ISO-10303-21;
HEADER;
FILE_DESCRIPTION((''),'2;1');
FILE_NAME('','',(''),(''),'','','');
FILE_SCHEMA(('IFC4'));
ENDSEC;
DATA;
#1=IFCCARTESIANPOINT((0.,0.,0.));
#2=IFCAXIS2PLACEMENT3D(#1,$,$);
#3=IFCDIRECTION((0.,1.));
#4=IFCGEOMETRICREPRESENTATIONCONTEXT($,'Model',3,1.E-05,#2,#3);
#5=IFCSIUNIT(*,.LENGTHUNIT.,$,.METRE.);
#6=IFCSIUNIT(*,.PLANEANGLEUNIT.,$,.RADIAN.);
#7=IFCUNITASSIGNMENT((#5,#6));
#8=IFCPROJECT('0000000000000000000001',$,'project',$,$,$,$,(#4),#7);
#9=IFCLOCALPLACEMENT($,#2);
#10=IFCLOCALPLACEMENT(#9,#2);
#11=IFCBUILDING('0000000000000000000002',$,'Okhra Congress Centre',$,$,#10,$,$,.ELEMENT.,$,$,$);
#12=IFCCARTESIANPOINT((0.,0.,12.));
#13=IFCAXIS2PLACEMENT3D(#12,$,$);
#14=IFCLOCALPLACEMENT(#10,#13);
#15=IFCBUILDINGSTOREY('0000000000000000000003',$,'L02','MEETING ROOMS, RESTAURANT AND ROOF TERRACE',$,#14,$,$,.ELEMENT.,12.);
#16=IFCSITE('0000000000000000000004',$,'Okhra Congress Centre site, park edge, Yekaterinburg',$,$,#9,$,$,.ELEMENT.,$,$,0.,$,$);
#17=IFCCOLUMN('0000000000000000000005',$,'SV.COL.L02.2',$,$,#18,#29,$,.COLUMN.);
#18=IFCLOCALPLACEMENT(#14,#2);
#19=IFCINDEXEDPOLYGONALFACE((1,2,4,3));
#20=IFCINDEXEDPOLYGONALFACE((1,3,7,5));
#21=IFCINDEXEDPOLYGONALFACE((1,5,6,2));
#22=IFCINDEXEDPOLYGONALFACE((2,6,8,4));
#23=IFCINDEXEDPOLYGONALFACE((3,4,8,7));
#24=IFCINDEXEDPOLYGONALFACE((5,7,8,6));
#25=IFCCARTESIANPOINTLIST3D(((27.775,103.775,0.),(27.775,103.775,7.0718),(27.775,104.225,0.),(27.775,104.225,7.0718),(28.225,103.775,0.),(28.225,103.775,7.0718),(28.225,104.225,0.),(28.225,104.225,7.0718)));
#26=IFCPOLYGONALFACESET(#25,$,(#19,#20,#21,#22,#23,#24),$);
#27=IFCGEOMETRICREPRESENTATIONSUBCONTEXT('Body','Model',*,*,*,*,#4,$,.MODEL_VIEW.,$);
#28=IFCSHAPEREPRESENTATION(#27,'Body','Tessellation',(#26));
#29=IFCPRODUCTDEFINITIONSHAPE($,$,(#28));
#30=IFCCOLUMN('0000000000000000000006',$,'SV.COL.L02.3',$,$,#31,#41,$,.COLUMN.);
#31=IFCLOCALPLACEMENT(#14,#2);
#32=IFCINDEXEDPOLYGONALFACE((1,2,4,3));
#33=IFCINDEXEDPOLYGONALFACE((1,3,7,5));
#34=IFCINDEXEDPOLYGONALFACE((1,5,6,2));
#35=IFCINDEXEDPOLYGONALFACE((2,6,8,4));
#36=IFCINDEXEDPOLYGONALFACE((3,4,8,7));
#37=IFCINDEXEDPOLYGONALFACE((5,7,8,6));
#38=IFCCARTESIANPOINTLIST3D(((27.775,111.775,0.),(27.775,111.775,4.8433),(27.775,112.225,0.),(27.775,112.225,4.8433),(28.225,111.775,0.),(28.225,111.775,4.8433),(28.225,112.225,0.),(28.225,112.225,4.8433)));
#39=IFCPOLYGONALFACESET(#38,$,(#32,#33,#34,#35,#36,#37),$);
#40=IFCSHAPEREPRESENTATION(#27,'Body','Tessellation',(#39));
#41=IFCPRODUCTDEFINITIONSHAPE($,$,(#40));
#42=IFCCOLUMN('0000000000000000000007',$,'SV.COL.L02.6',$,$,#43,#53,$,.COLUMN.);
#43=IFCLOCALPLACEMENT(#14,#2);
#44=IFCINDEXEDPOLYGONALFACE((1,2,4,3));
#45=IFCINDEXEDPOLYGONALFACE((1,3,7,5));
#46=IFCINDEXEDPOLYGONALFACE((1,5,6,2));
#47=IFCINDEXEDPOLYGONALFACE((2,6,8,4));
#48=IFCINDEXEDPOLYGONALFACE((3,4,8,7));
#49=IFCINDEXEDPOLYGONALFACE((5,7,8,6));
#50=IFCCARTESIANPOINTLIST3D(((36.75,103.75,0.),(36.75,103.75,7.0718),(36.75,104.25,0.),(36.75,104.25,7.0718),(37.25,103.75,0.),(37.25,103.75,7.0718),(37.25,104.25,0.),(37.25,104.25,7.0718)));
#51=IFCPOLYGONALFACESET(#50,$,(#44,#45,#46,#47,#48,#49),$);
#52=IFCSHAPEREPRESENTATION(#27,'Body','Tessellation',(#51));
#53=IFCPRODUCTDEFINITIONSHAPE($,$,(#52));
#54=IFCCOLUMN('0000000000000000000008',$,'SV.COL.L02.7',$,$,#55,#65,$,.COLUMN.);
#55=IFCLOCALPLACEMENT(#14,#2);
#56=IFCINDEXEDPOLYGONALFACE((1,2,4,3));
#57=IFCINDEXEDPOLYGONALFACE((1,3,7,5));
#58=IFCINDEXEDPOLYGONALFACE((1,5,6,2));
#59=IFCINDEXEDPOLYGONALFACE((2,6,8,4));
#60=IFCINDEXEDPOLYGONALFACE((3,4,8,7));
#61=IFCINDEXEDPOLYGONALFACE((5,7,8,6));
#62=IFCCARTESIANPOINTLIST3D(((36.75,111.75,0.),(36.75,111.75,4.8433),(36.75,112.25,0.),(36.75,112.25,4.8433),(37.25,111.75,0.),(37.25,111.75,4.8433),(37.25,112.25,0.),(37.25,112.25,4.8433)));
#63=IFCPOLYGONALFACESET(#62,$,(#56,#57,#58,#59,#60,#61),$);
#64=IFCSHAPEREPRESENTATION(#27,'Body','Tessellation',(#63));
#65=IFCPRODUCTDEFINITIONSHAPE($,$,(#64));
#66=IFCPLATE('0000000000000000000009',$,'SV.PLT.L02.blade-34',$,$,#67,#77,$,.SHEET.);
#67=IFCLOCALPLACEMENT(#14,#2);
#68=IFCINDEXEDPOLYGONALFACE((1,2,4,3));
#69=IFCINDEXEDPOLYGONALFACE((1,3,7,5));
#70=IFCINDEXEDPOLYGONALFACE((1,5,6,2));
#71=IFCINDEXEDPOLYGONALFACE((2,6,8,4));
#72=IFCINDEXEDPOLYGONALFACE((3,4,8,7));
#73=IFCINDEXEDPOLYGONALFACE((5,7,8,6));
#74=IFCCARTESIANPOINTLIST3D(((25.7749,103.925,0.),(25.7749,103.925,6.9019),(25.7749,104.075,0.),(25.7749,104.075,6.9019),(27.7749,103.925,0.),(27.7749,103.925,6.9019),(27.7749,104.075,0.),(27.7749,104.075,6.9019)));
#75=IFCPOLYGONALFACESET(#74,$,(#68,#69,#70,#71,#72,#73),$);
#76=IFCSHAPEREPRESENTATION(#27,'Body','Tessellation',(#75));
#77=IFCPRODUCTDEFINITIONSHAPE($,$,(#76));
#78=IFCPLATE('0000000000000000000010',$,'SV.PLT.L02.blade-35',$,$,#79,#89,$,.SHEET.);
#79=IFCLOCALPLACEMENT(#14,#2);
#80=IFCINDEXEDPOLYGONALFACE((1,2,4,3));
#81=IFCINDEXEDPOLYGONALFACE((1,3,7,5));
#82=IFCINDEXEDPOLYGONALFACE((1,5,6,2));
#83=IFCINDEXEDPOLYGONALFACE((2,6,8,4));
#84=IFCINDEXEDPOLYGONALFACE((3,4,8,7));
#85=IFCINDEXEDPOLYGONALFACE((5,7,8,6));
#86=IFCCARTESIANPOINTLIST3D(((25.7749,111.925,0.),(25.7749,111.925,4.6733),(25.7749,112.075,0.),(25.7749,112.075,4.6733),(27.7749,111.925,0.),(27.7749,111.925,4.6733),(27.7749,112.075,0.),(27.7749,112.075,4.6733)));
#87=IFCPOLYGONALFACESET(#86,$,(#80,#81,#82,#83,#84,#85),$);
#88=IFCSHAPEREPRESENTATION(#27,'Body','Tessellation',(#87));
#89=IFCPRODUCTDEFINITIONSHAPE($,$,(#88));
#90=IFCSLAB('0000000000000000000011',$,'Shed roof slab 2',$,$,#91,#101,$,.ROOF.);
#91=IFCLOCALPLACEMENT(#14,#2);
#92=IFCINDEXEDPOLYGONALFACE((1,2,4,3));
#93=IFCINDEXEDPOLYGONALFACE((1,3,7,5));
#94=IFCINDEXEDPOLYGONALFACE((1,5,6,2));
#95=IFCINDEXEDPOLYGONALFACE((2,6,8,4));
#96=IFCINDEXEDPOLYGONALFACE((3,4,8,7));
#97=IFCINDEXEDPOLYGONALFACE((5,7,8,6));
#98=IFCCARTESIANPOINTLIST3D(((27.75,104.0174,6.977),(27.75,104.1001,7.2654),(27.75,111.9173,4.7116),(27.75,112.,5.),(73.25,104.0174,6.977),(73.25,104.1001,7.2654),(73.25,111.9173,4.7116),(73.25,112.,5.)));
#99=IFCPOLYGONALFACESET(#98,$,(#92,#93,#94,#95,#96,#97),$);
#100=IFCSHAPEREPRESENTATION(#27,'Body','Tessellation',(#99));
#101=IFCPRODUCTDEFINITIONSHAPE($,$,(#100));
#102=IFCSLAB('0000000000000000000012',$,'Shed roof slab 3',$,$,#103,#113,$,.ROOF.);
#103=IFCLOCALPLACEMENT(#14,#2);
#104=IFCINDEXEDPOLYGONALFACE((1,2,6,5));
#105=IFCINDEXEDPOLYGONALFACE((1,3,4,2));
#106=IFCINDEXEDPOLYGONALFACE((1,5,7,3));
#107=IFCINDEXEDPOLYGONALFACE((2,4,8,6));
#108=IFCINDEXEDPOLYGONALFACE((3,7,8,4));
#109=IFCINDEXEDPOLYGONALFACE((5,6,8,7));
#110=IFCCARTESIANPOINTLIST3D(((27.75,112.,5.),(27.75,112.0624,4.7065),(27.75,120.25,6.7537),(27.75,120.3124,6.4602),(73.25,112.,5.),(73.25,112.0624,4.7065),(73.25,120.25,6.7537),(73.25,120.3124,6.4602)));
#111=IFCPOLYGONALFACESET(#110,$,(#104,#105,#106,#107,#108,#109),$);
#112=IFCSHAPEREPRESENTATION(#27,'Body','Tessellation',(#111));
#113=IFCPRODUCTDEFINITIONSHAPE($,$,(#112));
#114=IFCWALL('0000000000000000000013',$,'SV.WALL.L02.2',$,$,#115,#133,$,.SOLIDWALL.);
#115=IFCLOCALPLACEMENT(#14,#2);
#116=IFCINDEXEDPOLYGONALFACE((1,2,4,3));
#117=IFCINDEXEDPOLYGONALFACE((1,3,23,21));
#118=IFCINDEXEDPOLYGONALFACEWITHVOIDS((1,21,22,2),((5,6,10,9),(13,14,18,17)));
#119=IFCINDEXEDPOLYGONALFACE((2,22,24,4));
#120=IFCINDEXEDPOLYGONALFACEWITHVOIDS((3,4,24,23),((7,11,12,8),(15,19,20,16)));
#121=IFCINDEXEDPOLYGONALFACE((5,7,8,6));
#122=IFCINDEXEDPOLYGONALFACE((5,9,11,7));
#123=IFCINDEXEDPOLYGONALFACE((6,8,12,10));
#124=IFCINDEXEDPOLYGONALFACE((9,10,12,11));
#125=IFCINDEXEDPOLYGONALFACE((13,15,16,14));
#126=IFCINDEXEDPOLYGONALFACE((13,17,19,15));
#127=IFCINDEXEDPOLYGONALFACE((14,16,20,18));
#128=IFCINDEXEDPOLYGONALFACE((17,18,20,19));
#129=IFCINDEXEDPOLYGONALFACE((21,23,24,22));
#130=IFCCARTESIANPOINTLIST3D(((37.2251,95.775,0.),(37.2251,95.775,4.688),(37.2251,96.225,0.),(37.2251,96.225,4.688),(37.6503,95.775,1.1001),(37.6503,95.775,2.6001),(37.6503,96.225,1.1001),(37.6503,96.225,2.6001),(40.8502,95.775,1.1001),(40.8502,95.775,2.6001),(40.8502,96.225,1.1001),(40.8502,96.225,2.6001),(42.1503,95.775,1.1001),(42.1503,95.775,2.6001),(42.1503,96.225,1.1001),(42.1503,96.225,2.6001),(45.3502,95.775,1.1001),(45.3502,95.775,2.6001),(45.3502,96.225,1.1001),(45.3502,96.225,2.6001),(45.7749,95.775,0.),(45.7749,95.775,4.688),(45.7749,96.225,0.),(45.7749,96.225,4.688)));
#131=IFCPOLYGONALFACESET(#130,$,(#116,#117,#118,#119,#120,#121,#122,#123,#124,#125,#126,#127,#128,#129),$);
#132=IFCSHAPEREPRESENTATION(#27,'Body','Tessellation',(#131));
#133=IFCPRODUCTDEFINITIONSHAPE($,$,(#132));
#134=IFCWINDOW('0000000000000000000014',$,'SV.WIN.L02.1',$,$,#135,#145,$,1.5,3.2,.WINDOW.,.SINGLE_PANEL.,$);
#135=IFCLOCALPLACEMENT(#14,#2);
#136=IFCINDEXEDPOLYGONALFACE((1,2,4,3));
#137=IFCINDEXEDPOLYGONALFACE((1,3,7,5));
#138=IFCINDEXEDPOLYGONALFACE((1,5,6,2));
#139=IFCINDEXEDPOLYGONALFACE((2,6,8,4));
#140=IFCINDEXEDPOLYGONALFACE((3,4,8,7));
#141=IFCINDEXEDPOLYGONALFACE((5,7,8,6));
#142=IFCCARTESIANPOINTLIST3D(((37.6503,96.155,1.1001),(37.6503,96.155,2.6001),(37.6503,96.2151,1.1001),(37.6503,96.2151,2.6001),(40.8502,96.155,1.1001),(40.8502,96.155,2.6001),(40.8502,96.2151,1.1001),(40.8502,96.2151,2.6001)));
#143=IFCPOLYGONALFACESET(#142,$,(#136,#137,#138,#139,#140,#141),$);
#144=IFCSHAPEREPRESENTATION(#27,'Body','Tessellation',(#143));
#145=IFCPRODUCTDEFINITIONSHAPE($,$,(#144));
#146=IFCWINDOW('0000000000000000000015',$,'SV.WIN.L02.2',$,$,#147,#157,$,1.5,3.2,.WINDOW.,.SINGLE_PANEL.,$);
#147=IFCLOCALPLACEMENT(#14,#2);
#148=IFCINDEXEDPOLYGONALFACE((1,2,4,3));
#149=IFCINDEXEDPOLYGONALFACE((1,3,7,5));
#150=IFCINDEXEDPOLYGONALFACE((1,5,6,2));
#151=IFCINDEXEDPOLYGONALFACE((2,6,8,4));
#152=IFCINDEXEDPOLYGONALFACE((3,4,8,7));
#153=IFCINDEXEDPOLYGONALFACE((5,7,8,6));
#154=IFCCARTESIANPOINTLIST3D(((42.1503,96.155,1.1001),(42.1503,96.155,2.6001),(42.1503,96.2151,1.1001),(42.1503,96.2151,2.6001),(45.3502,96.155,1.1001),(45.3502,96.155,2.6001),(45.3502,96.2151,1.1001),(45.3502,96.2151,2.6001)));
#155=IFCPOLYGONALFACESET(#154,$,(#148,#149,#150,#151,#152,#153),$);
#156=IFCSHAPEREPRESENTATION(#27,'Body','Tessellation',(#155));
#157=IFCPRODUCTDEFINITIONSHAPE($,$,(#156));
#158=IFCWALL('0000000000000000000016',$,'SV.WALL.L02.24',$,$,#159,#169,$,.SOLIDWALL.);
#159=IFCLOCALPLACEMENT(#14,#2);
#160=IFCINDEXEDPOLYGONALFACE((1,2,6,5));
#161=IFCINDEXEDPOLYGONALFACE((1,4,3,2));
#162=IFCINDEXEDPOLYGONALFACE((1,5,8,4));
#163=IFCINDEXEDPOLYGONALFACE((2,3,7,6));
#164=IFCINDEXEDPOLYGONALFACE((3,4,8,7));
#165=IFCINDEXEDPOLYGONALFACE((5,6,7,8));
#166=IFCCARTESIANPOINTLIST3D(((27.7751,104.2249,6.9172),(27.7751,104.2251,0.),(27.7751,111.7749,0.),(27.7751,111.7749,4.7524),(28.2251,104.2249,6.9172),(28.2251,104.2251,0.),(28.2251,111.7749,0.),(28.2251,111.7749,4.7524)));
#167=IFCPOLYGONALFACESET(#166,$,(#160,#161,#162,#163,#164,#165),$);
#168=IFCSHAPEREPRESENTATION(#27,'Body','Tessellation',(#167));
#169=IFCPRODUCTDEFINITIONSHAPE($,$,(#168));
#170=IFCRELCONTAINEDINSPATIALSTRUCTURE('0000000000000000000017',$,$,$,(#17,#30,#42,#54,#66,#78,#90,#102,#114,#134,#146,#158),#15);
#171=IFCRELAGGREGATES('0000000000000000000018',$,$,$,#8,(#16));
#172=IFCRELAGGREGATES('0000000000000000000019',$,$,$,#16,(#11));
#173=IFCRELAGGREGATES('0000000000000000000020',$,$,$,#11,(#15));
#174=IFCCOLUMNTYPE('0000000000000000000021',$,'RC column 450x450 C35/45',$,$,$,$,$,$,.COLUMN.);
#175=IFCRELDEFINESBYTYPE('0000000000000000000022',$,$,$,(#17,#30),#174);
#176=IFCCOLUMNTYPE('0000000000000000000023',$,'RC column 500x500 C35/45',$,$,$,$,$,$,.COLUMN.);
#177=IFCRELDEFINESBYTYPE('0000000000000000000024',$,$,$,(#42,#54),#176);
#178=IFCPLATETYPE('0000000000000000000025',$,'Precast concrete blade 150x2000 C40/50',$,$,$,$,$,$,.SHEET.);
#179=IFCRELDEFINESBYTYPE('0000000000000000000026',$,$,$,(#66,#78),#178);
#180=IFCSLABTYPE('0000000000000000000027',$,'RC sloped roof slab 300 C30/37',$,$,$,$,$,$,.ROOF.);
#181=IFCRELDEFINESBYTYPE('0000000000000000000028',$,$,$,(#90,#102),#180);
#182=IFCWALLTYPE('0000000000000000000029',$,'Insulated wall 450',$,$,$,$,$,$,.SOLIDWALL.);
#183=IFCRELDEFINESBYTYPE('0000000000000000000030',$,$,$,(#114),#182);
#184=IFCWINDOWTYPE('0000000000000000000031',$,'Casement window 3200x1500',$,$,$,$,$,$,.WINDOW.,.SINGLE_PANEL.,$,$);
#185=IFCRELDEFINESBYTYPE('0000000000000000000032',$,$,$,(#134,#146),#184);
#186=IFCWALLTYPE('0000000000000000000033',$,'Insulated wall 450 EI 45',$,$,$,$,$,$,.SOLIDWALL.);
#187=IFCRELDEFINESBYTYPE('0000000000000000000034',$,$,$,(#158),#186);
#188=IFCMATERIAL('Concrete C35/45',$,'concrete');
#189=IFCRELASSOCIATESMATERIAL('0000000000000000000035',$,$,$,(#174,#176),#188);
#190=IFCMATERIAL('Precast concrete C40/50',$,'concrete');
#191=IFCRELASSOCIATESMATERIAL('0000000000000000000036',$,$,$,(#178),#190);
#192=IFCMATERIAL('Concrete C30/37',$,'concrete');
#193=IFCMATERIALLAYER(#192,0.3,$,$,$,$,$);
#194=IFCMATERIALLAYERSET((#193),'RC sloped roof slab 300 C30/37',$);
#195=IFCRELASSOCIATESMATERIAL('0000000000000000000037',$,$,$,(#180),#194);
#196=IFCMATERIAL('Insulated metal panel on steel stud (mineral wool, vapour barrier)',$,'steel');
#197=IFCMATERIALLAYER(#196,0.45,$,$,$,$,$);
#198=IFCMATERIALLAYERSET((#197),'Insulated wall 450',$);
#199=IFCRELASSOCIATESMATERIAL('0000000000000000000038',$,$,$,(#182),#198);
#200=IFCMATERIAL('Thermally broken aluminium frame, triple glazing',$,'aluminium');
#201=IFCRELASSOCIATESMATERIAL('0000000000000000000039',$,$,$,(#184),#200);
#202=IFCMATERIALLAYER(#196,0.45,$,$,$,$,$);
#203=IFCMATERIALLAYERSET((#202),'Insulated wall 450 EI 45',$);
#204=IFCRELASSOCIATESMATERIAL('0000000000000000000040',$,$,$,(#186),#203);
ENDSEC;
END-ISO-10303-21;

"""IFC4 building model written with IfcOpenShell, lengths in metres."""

from ifc_helpers import new_model, si_unit, direction, frame, frame_2d, origin, origin_2d, place, context, subcontext, project, spatial, polyline, rectangle, outline, extrude, material, layer, layer_set, material_profile, profile_set, type_object, element, fill, save


model = new_model("IFC4")

# Units and contexts
model_context = context("Model", 3, precision=1e-05, world=origin(), true_north=direction((0.0, 1.0)))
body_context = subcontext(model_context, "Body", "Model", "MODEL_VIEW")
ifc_project = project(units=[si_unit("LENGTHUNIT", "METRE"), si_unit("PLANEANGLEUNIT", "RADIAN")], contexts=[model_context])

# Site, building, storey
site_placement = place(None, origin())
site = spatial("IfcSite", under=ifc_project, at=site_placement, Name="Okhra Congress Centre site, park edge, Yekaterinburg", CompositionType="ELEMENT", RefElevation=0.0)
building_placement = place(site_placement, origin())
building = spatial("IfcBuilding", under=site, at=building_placement, Name="Okhra Congress Centre", CompositionType="ELEMENT")
storey_placement = place(building_placement, frame((0.0, 0.0, 12.0)))
storey = spatial("IfcBuildingStorey", under=building, at=storey_placement, Name="L02", Description="MEETING ROOMS, RESTAURANT AND ROOF TERRACE", CompositionType="ELEMENT", Elevation=12.0)

# Columns
ifc_material_1 = material(Name="Concrete C35/45", Category="concrete")
ifc_material_profile_1 = material_profile(ifc_material_1, rectangle(XDim=0.45, YDim=0.45, at=origin_2d()), Name="RC 450x450")
ifc_profile_set_1 = profile_set([ifc_material_profile_1], Name="Concrete C35/45")
column_type_1 = type_object("IfcColumnType", Name="RC column 450x450 C35/45", PredefinedType="COLUMN", material=ifc_profile_set_1)
column_1_placement = place(storey_placement, frame((28.0, 104.0, 0.0), z_axis=(0.0, 0.0, 1.0), x_axis=(1.0, 0.0, 0.0)))
element("IfcColumn", 1, at=column_1_placement, inside=storey, type_object=column_type_1, Name="SV.COL.L02.2", PredefinedType="COLUMN", context=body_context, shape_type="SweptSolid", body=[
    extrude(rectangle(XDim=0.45, YDim=0.45, at=origin_2d()), origin(), (0.0, 0.0, 1.0), 7.0718),
])
column_2_placement = place(storey_placement, frame((28.0, 112.0, 0.0), z_axis=(0.0, 0.0, 1.0), x_axis=(1.0, 0.0, 0.0)))
element("IfcColumn", 2, at=column_2_placement, inside=storey, type_object=column_type_1, Name="SV.COL.L02.3", PredefinedType="COLUMN", context=body_context, shape_type="SweptSolid", body=[
    extrude(rectangle(XDim=0.45, YDim=0.45, at=origin_2d()), origin(), (0.0, 0.0, 1.0), 4.8433),
])
ifc_material_profile_2 = material_profile(ifc_material_1, rectangle(XDim=0.5, YDim=0.5, at=origin_2d()), Name="RC 500x500")
ifc_profile_set_2 = profile_set([ifc_material_profile_2], Name="Concrete C35/45")
column_type_2 = type_object("IfcColumnType", Name="RC column 500x500 C35/45", PredefinedType="COLUMN", material=ifc_profile_set_2)
column_3_placement = place(storey_placement, frame((37.0, 104.0, 0.0), z_axis=(0.0, 0.0, 1.0), x_axis=(1.0, 0.0, 0.0)))
element("IfcColumn", 3, at=column_3_placement, inside=storey, type_object=column_type_2, Name="SV.COL.L02.6", PredefinedType="COLUMN", context=body_context, shape_type="SweptSolid", body=[
    extrude(rectangle(XDim=0.5, YDim=0.5, at=origin_2d()), origin(), (0.0, 0.0, 1.0), 7.0718),
])
column_4_placement = place(storey_placement, frame((37.0, 112.0, 0.0), z_axis=(0.0, 0.0, 1.0), x_axis=(1.0, 0.0, 0.0)))
element("IfcColumn", 4, at=column_4_placement, inside=storey, type_object=column_type_2, Name="SV.COL.L02.7", PredefinedType="COLUMN", context=body_context, shape_type="SweptSolid", body=[
    extrude(rectangle(XDim=0.5, YDim=0.5, at=origin_2d()), origin(), (0.0, 0.0, 1.0), 4.8433),
])

# Plates
ifc_material_2 = material(Name="Precast concrete C40/50", Category="concrete")
plate_type = type_object("IfcPlateType", Name="Precast concrete blade 150x2000 C40/50", PredefinedType="SHEET", material=ifc_material_2)
plate_1_placement = place(storey_placement, frame((26.7749, 104.0, 0.0), z_axis=(0.0, 0.0, 1.0), x_axis=(0.0, -1.0, 0.0)))
element("IfcPlate", 5, at=plate_1_placement, inside=storey, type_object=plate_type, Name="SV.PLT.L02.blade-34", PredefinedType="SHEET", context=body_context, shape_type="SweptSolid", body=[
    extrude(rectangle(XDim=0.1499, YDim=2.0, at=origin_2d()), origin(), (0.0, 0.0, 1.0), 6.9019),
])
plate_2_placement = place(storey_placement, frame((26.7749, 112.0, 0.0), z_axis=(0.0, 0.0, 1.0), x_axis=(0.0, -1.0, 0.0)))
element("IfcPlate", 6, at=plate_2_placement, inside=storey, type_object=plate_type, Name="SV.PLT.L02.blade-35", PredefinedType="SHEET", context=body_context, shape_type="SweptSolid", body=[
    extrude(rectangle(XDim=0.1499, YDim=2.0, at=origin_2d()), origin(), (0.0, 0.0, 1.0), 4.6733),
])

# Slabs
ifc_material_3 = material(Name="Concrete C30/37", Category="concrete")
ifc_layer_1 = layer(ifc_material_3, 0.3)
ifc_layer_set_1 = layer_set([ifc_layer_1], Name="RC sloped roof slab 300 C30/37")
slab_type = type_object("IfcSlabType", Name="RC sloped roof slab 300 C30/37", PredefinedType="ROOF", material=ifc_layer_set_1)
slab_1_placement = place(storey_placement, frame((27.75, 104.1001, 7.2654), z_axis=(0.0, 0.275651, 0.961258), x_axis=(1.0, 0.0, 0.0)))
element("IfcSlab", 7, at=slab_1_placement, inside=storey, type_object=slab_type, Name="Shed roof slab 2", PredefinedType="ROOF", context=body_context, shape_type="SweptSolid", body=[
    extrude(outline(polyline([(0.0, 0.0), (45.5, 0.0), (45.5, 8.2183), (0.0, 8.2183), (0.0, 0.0)])), origin(), (0.0, 0.0, -1.0), 0.3),
])
slab_2_placement = place(storey_placement, frame((27.75, 112.0, 5.0), z_axis=(0.0, -0.20792, 0.978146), x_axis=(1.0, 0.0, 0.0)))
element("IfcSlab", 8, at=slab_2_placement, inside=storey, type_object=slab_type, Name="Shed roof slab 3", PredefinedType="ROOF", context=body_context, shape_type="SweptSolid", body=[
    extrude(outline(polyline([(0.0, 0.0), (45.5, 0.0), (45.5, 8.4343), (0.0, 8.4343), (0.0, 0.0)])), origin(), (0.0, 0.0, -1.0), 0.3),
])

# Wall, openings, windows
ifc_material_4 = material(Name="Insulated metal panel on steel stud (mineral wool, vapour barrier)", Category="steel")
ifc_layer_2 = layer(ifc_material_4, 0.45)
ifc_layer_set_2 = layer_set([ifc_layer_2], Name="Insulated wall 450")
wall_type_1 = type_object("IfcWallType", Name="Insulated wall 450", PredefinedType="SOLIDWALL", material=ifc_layer_set_2)
wall_1_placement = place(storey_placement, frame((37.2251, 96.0, 0.0), z_axis=(0.0, 0.0, 1.0), x_axis=(1.0, 0.0, 0.0)))
wall_1 = element("IfcWall", 9, at=wall_1_placement, inside=storey, type_object=wall_type_1, Name="SV.WALL.L02.2", PredefinedType="SOLIDWALL", context=body_context, shape_type="SweptSolid", body=[
    extrude(rectangle(XDim=8.5498, YDim=0.45, at=frame_2d((4.2749, 0.0))), origin(), (0.0, 0.0, 1.0), 4.688),
])
opening_1_placement = place(wall_1_placement, frame((0.425, 0.0, 1.1001)))
opening_1 = element("IfcOpeningElement", 10, at=opening_1_placement, cuts=wall_1, PredefinedType="OPENING", context=body_context, shape_type="SweptSolid", body=[
    extrude(rectangle(XDim=3.2, YDim=1.5, at=frame_2d((1.6001, 0.75))), frame((0.0, 0.2349, 0.0), z_axis=(0.0, -1.0, 0.0), x_axis=(1.0, 0.0, 0.0)), (0.0, 0.0, 1.0), 0.47),
])
opening_2_placement = place(wall_1_placement, frame((4.925, 0.0, 1.1001)))
opening_2 = element("IfcOpeningElement", 11, at=opening_2_placement, cuts=wall_1, PredefinedType="OPENING", context=body_context, shape_type="SweptSolid", body=[
    extrude(rectangle(XDim=3.2, YDim=1.5, at=frame_2d((1.6001, 0.75))), frame((0.0, 0.2349, 0.0), z_axis=(0.0, -1.0, 0.0), x_axis=(1.0, 0.0, 0.0)), (0.0, 0.0, 1.0), 0.47),
])
ifc_material_5 = material(Name="Thermally broken aluminium frame, triple glazing", Category="aluminium")
window_type = type_object("IfcWindowType", Name="Casement window 3200x1500", PartitioningType="SINGLE_PANEL", PredefinedType="WINDOW", material=ifc_material_5)
window_1_placement = place(opening_1_placement, origin())
window_1 = element("IfcWindow", 12, at=window_1_placement, inside=storey, type_object=window_type, Name="SV.WIN.L02.1", OverallHeight=1.5, OverallWidth=3.2, PartitioningType="SINGLE_PANEL", PredefinedType="WINDOW", context=body_context, shape_type="SweptSolid", body=[
    extrude(rectangle(XDim=3.2, YDim=1.5, at=frame_2d((1.6001, 0.75))), frame((0.0, 0.2151, 0.0), z_axis=(0.0, -1.0, 0.0), x_axis=(1.0, 0.0, 0.0)), (0.0, 0.0, 1.0), 0.0601),
])
fill(opening_1, window_1)
window_2_placement = place(opening_2_placement, origin())
window_2 = element("IfcWindow", 13, at=window_2_placement, inside=storey, type_object=window_type, Name="SV.WIN.L02.2", OverallHeight=1.5, OverallWidth=3.2, PartitioningType="SINGLE_PANEL", PredefinedType="WINDOW", context=body_context, shape_type="SweptSolid", body=[
    extrude(rectangle(XDim=3.2, YDim=1.5, at=frame_2d((1.6001, 0.75))), frame((0.0, 0.2151, 0.0), z_axis=(0.0, -1.0, 0.0), x_axis=(1.0, 0.0, 0.0)), (0.0, 0.0, 1.0), 0.0601),
])
fill(opening_2, window_2)

# Wall
ifc_layer_3 = layer(ifc_material_4, 0.45)
ifc_layer_set_3 = layer_set([ifc_layer_3], Name="Insulated wall 450 EI 45")
wall_type_2 = type_object("IfcWallType", Name="Insulated wall 450 EI 45", PredefinedType="SOLIDWALL", material=ifc_layer_set_3)
wall_2_placement = place(storey_placement, frame((28.0, 111.7749, 0.0), z_axis=(0.0, 0.0, 1.0), x_axis=(0.0, -1.0, 0.0)))
element("IfcWall", 14, at=wall_2_placement, inside=storey, type_object=wall_type_2, Name="SV.WALL.L02.24", PredefinedType="SOLIDWALL", context=body_context, shape_type="SweptSolid", body=[
    extrude(outline(polyline([(0.0, 0.0), (7.5498, 0.0), (7.55, 6.9172), (0.0, 4.7524), (0.0, 0.0)])), frame((0.0, 0.2251, 0.0), z_axis=(0.0, -1.0, 0.0), x_axis=(1.0, 0.0, 0.0)), (0.0, 0.0, 1.0), 0.45),
])

save(model, "model.ifc")
